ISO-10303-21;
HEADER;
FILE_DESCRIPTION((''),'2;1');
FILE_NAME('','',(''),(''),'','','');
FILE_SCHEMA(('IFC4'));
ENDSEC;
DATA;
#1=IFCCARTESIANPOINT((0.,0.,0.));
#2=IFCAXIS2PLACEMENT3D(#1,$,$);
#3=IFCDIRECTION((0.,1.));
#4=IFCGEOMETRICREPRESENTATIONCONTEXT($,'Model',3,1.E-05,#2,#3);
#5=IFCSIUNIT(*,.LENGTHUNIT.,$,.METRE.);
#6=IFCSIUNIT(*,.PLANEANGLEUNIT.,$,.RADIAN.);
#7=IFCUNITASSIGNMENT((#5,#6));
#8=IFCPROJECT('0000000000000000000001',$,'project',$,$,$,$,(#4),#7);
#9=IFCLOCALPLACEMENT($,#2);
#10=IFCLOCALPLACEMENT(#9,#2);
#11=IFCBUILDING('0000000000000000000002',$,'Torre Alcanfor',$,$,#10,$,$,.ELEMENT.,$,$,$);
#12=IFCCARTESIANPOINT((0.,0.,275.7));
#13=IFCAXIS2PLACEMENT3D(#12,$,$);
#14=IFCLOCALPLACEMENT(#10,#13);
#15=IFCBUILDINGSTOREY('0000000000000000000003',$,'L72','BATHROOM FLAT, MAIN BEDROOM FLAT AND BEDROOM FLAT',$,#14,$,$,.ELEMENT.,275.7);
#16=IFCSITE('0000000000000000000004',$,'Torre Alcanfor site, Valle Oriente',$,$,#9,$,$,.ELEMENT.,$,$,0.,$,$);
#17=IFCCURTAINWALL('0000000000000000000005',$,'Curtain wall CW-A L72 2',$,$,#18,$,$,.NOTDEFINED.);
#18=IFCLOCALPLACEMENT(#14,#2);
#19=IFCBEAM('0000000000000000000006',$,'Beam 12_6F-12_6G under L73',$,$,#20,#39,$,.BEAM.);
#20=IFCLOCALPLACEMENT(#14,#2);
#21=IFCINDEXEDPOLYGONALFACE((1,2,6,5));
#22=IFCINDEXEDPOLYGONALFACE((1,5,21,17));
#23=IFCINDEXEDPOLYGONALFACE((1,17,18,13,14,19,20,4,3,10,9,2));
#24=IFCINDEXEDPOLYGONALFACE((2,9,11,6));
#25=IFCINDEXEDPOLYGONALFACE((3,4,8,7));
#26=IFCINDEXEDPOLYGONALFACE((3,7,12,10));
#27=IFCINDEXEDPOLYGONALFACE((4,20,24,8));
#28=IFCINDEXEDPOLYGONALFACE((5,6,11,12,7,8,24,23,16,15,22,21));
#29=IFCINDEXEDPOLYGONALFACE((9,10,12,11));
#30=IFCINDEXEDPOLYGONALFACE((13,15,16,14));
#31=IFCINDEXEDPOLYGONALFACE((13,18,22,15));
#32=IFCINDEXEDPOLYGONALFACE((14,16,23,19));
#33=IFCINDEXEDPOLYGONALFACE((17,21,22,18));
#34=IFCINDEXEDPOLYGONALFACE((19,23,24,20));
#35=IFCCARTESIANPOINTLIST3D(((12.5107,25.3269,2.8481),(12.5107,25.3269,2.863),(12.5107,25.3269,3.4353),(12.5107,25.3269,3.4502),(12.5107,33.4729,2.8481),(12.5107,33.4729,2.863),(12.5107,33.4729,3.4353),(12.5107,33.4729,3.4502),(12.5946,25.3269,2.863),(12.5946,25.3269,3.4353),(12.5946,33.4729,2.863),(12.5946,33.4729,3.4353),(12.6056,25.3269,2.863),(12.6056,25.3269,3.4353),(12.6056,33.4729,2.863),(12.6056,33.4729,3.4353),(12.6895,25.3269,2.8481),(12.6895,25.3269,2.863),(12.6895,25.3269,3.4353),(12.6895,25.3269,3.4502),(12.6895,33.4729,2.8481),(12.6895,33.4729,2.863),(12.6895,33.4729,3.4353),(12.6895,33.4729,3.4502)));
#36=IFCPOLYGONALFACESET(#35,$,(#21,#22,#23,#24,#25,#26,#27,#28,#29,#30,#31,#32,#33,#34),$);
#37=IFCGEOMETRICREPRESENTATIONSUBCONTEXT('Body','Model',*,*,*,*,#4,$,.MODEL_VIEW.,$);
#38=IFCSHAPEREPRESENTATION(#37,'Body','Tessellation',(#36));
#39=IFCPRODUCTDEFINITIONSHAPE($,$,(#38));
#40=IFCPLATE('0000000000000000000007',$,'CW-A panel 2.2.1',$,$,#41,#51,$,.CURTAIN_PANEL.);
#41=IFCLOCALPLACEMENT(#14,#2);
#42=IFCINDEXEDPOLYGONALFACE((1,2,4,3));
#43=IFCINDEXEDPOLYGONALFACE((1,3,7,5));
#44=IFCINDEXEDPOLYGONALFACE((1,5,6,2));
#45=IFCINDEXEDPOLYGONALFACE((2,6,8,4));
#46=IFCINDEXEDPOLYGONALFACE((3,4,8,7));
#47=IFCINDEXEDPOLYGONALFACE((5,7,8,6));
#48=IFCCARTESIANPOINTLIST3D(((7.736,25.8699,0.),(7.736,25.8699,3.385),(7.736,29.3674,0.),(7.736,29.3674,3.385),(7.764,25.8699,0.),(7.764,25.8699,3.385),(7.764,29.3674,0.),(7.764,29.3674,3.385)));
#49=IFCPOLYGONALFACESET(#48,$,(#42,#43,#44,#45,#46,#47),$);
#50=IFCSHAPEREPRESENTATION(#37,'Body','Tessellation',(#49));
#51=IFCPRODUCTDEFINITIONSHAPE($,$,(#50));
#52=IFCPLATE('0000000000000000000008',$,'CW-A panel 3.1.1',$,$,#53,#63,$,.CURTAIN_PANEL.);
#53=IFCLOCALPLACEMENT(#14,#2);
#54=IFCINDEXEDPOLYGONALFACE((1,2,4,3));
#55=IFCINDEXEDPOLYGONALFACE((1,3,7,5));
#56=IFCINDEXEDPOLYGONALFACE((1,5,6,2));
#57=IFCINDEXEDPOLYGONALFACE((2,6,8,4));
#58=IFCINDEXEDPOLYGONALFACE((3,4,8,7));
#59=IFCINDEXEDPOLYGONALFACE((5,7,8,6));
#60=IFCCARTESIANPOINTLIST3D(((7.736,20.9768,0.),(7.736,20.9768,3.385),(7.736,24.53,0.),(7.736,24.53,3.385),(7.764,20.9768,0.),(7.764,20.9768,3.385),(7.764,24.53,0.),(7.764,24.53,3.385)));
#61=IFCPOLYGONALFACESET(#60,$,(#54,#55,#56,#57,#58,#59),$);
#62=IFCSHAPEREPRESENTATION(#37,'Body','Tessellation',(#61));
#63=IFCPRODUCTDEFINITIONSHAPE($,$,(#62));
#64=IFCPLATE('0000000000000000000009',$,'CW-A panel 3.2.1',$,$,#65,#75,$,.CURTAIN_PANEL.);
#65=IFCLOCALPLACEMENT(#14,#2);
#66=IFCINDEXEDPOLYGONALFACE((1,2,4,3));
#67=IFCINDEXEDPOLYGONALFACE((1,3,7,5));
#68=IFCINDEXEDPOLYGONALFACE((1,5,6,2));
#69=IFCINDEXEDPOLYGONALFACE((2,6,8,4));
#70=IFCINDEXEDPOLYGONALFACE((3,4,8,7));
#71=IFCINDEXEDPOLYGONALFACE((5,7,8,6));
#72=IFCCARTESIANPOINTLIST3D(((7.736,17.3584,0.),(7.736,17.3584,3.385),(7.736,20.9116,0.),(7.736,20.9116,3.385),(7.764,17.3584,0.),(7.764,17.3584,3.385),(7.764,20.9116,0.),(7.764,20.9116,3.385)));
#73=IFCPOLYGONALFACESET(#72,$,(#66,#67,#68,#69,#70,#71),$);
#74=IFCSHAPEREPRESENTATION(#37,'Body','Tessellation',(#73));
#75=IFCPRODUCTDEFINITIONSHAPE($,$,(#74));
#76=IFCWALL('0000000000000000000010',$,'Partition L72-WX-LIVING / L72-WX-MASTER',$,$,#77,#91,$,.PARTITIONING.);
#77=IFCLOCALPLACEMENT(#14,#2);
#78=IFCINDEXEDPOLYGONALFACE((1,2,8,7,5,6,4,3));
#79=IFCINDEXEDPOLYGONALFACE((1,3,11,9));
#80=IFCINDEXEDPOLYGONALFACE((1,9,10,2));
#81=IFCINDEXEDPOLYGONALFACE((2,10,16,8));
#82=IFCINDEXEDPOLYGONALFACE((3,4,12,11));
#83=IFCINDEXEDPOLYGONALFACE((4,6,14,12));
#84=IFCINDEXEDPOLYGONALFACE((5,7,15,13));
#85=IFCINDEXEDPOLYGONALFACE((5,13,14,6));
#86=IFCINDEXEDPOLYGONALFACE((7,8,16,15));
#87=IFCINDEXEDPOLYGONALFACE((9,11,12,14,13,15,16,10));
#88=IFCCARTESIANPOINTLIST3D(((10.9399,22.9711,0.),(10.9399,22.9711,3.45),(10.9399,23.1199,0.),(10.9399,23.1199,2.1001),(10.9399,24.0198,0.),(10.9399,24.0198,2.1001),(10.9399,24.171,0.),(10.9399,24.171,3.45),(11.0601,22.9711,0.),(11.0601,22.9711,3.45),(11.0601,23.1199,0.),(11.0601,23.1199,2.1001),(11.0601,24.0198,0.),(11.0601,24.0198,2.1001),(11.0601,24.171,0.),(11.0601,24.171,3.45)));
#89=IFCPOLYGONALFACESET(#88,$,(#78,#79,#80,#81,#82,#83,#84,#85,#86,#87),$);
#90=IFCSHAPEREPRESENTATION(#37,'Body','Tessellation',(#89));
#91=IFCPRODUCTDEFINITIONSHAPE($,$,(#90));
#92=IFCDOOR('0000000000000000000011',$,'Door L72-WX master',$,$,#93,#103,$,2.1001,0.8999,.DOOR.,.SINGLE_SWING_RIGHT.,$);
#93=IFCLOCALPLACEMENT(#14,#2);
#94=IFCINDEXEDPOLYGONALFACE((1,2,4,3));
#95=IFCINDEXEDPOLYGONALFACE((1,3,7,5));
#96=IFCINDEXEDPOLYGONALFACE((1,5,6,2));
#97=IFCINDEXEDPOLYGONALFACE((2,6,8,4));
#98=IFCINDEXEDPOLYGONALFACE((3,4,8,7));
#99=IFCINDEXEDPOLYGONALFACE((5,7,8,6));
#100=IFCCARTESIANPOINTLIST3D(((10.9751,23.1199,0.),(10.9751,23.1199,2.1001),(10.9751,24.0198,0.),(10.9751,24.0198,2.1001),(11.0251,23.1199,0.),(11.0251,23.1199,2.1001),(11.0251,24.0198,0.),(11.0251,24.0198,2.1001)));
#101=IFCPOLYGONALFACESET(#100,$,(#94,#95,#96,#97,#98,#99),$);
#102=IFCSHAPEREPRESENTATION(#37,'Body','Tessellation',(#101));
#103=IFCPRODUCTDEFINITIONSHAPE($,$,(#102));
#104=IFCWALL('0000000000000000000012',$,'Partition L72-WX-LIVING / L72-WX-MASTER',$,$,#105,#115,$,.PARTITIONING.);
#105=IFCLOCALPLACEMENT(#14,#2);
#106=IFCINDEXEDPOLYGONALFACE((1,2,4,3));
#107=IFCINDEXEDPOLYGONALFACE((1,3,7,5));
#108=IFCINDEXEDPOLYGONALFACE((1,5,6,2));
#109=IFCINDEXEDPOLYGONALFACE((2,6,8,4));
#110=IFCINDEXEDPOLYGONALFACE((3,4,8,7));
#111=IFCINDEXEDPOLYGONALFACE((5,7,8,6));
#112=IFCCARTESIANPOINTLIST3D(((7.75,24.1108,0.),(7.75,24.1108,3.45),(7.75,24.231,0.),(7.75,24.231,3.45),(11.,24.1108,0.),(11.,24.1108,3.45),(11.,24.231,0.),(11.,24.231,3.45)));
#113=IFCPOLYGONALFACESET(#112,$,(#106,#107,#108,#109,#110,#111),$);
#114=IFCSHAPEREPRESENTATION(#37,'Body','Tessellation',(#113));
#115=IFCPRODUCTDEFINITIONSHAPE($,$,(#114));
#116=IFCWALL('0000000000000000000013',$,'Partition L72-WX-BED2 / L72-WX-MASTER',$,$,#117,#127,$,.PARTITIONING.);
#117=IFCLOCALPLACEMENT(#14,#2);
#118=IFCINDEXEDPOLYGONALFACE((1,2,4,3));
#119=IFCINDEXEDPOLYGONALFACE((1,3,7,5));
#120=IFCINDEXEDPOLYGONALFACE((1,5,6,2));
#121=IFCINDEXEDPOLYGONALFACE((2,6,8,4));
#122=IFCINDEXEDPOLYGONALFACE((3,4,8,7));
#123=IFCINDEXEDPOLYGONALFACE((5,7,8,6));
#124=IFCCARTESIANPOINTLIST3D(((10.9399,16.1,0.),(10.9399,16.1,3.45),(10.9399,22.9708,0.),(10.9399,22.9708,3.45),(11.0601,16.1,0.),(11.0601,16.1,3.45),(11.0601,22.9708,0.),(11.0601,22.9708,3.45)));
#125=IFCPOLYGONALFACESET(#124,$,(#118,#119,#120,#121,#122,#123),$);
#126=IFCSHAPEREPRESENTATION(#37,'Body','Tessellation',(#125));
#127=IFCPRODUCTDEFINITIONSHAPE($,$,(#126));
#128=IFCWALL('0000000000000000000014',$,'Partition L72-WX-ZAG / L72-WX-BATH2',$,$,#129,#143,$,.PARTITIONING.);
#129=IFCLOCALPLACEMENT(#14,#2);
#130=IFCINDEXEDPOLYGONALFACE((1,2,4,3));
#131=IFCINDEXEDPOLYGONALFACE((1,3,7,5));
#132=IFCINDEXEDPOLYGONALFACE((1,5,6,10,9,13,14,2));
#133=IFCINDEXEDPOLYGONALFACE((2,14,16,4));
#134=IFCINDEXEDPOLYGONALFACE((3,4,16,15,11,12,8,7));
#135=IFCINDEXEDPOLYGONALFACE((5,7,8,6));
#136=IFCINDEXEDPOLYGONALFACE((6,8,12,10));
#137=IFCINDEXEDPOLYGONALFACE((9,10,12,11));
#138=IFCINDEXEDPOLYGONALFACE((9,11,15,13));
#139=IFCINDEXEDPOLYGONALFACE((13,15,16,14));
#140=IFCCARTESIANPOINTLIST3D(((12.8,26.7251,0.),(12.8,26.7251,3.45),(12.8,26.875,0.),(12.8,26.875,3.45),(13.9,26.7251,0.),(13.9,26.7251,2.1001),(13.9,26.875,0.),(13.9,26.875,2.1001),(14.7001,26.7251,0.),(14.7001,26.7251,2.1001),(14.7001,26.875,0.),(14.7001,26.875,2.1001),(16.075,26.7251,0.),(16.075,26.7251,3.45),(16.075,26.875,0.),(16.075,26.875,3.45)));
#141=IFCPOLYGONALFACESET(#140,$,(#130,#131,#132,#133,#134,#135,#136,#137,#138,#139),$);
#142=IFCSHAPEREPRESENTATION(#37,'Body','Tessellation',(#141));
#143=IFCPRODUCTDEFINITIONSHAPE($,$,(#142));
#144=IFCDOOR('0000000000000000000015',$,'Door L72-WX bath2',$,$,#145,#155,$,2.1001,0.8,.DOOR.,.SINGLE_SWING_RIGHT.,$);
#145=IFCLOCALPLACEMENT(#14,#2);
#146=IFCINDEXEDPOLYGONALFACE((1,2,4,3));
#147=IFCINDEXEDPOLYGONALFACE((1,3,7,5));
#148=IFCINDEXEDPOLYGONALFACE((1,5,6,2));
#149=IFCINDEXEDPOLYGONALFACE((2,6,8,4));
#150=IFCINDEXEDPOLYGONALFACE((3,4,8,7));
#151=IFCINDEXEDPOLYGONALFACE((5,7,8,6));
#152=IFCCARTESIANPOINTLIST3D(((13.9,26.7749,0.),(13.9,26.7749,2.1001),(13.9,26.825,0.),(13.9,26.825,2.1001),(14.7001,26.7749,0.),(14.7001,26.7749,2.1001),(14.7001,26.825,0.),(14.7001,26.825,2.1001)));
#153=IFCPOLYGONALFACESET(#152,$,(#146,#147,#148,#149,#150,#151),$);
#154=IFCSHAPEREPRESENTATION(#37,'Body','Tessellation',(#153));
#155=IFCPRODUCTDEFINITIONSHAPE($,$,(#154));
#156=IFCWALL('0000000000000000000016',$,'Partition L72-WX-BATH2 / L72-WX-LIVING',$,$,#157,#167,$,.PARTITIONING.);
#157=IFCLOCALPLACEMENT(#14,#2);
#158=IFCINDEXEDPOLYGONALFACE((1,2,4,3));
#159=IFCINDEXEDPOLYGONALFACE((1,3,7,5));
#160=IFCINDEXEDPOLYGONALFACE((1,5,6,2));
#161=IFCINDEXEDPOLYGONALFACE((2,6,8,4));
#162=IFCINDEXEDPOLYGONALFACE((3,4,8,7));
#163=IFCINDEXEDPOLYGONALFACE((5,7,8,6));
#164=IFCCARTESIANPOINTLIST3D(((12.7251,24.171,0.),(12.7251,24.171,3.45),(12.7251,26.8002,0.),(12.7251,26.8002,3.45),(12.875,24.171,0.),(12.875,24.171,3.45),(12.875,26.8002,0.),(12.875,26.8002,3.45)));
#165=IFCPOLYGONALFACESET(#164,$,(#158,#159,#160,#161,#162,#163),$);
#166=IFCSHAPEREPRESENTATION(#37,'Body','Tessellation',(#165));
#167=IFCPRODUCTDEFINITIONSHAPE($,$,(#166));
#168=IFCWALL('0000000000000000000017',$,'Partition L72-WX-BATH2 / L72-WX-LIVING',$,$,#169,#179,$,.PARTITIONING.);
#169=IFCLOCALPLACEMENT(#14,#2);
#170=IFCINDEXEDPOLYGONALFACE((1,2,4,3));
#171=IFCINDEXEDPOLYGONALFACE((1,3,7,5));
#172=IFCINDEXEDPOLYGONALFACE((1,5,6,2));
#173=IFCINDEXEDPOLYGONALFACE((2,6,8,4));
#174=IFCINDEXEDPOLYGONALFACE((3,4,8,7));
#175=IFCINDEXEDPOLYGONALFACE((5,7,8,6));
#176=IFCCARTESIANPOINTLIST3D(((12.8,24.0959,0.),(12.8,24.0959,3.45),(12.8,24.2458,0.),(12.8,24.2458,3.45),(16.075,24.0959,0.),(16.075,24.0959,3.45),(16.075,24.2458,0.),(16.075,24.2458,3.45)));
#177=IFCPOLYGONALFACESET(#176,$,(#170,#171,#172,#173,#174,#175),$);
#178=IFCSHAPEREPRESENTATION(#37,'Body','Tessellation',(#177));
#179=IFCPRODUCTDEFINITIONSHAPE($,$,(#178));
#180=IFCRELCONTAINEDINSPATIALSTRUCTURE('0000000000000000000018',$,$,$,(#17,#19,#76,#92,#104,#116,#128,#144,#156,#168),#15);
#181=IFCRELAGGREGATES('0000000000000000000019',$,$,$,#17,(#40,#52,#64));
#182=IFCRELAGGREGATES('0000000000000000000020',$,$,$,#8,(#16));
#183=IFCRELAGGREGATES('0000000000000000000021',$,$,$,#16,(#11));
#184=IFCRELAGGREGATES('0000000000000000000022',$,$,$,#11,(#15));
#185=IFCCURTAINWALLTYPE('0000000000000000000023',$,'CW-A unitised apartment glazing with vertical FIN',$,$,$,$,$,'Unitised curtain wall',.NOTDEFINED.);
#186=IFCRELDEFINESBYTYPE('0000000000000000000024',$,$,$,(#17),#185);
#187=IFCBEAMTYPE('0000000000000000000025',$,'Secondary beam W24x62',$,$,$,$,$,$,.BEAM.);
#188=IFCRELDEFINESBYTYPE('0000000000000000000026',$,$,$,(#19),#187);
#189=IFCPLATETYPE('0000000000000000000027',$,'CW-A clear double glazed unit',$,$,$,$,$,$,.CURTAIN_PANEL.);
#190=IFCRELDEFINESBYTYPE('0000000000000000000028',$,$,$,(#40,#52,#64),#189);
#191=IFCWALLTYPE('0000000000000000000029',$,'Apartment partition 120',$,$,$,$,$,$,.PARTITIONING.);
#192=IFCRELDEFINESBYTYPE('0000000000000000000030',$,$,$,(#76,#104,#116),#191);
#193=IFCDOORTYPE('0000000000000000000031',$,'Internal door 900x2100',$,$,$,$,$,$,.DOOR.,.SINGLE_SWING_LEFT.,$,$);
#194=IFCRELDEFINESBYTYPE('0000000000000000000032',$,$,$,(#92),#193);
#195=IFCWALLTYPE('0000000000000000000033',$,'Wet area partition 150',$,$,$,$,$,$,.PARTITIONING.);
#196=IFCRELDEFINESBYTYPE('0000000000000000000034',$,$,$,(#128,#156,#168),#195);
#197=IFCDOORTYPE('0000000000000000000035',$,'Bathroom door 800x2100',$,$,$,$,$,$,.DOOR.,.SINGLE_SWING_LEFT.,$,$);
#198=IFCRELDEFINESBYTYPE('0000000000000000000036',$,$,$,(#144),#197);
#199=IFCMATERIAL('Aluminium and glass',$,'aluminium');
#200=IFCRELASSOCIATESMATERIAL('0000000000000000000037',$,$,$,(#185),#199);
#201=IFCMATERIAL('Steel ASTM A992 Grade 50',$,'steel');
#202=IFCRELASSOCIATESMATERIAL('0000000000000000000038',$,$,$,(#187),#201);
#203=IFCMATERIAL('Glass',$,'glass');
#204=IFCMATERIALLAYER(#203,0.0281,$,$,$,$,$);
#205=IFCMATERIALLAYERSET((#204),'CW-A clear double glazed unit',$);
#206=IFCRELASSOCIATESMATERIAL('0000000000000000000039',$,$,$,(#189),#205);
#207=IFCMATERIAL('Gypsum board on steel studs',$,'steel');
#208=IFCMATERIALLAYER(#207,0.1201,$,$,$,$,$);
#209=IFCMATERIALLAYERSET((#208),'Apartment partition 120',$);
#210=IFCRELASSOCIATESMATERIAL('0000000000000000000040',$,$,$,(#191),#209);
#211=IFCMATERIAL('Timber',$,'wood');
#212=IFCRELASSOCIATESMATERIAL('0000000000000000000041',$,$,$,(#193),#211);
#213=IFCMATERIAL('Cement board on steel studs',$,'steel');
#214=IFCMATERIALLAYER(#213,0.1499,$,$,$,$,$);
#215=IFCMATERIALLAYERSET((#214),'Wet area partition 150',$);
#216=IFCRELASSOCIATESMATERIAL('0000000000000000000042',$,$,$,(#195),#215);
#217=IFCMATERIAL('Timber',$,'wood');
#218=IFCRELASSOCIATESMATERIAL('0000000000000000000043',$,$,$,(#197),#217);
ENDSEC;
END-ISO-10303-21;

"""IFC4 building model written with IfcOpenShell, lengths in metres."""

from ifc_helpers import new_model, si_unit, direction, frame, frame_2d, origin, origin_2d, place, context, subcontext, project, spatial, rectangle, i_section, extrude, material, layer, layer_set, material_profile, profile_set, type_object, element, fill, aggregate, save


model = new_model("IFC4")

# Units and contexts
model_context = context("Model", 3, precision=1e-05, world=origin(), true_north=direction((0.0, 1.0)))
body_context = subcontext(model_context, "Body", "Model", "MODEL_VIEW")
ifc_project = project(units=[si_unit("LENGTHUNIT", "METRE"), si_unit("PLANEANGLEUNIT", "RADIAN")], contexts=[model_context])

# Site, building, storey
site_placement = place(None, origin())
site = spatial("IfcSite", under=ifc_project, at=site_placement, Name="Torre Alcanfor site, Valle Oriente", CompositionType="ELEMENT", RefElevation=0.0)
building_placement = place(site_placement, origin())
building = spatial("IfcBuilding", under=site, at=building_placement, Name="Torre Alcanfor", CompositionType="ELEMENT")
storey_placement = place(building_placement, frame((0.0, 0.0, 275.7)))
storey = spatial("IfcBuildingStorey", under=building, at=storey_placement, Name="L72", Description="BATHROOM FLAT, MAIN BEDROOM FLAT AND BEDROOM FLAT", CompositionType="ELEMENT", Elevation=275.7)

# Curtain wall
ifc_material_1 = material(Name="Aluminium and glass", Category="aluminium")
curtain_wall_type = type_object("IfcCurtainWallType", Name="CW-A unitised apartment glazing with vertical FIN", ElementType="Unitised curtain wall", PredefinedType="NOTDEFINED", material=ifc_material_1)
curtain_wall_placement = place(storey_placement, origin())
curtain_wall = element("IfcCurtainWall", 1, at=curtain_wall_placement, inside=storey, type_object=curtain_wall_type, Name="Curtain wall CW-A L72 2", PredefinedType="NOTDEFINED")

# Beam
ifc_material_2 = material(Name="Steel ASTM A992 Grade 50", Category="steel")
ifc_material_profile_1 = material_profile(ifc_material_2, i_section(OverallWidth=0.1787, OverallDepth=0.6021, WebThickness=0.011, FlangeThickness=0.0149, at=origin_2d()), Name="W24x62")
ifc_profile_set_1 = profile_set([ifc_material_profile_1], Name="Steel ASTM A992 Grade 50")
beam_type_1 = type_object("IfcBeamType", Name="Secondary beam W24x62", PredefinedType="BEAM", material=ifc_profile_set_1)
beam_1_placement = place(storey_placement, frame((12.6001, 25.3269, 3.1492), z_axis=(0.0, 1.0, 0.0), x_axis=(-1.0, 0.0, 0.0)))
element("IfcBeam", 2, at=beam_1_placement, inside=storey, type_object=beam_type_1, Name="Beam 12_6F-12_6G under L73", PredefinedType="BEAM", context=body_context, shape_type="SweptSolid", body=[
    extrude(i_section(OverallWidth=0.1787, OverallDepth=0.6021, WebThickness=0.011, FlangeThickness=0.0149, at=origin_2d()), origin(), (0.0, 0.0, 1.0), 8.146),
])

# Plates
ifc_material_3 = material(Name="Glass", Category="glass")
ifc_layer_1 = layer(ifc_material_3, 0.0281)
ifc_layer_set_1 = layer_set([ifc_layer_1], Name="CW-A clear double glazed unit")
plate_type = type_object("IfcPlateType", Name="CW-A clear double glazed unit", PredefinedType="CURTAIN_PANEL", material=ifc_layer_set_1)
plate_1_placement = place(storey_placement, frame((7.75, 27.6187, 0.0), z_axis=(0.0, 0.0, 1.0), x_axis=(0.0, -1.0, 0.0)))
plate_1 = element("IfcPlate", 3, at=plate_1_placement, type_object=plate_type, Name="CW-A panel 2.2.1", PredefinedType="CURTAIN_PANEL", context=body_context, shape_type="SweptSolid", body=[
    extrude(rectangle(XDim=3.4976, YDim=0.0281, at=origin_2d()), origin(), (0.0, 0.0, 1.0), 3.385),
])
plate_2_placement = place(storey_placement, frame((7.75, 22.7534, 0.0), z_axis=(0.0, 0.0, 1.0), x_axis=(0.0, -1.0, 0.0)))
plate_2 = element("IfcPlate", 4, at=plate_2_placement, type_object=plate_type, Name="CW-A panel 3.1.1", PredefinedType="CURTAIN_PANEL", context=body_context, shape_type="SweptSolid", body=[
    extrude(rectangle(XDim=3.5532, YDim=0.0281, at=origin_2d()), origin(), (0.0, 0.0, 1.0), 3.385),
])
plate_3_placement = place(storey_placement, frame((7.75, 19.135, 0.0), z_axis=(0.0, 0.0, 1.0), x_axis=(0.0, -1.0, 0.0)))
plate_3 = element("IfcPlate", 5, at=plate_3_placement, type_object=plate_type, Name="CW-A panel 3.2.1", PredefinedType="CURTAIN_PANEL", context=body_context, shape_type="SweptSolid", body=[
    extrude(rectangle(XDim=3.5532, YDim=0.0281, at=origin_2d()), origin(), (0.0, 0.0, 1.0), 3.385),
])
aggregate(curtain_wall, [plate_1, plate_2, plate_3])

# Wall, opening, door
ifc_material_4 = material(Name="Gypsum board on steel studs", Category="steel")
ifc_layer_2 = layer(ifc_material_4, 0.1201)
ifc_layer_set_2 = layer_set([ifc_layer_2], Name="Apartment partition 120")
wall_type_1 = type_object("IfcWallType", Name="Apartment partition 120", PredefinedType="PARTITIONING", material=ifc_layer_set_2)
wall_1_placement = place(storey_placement, frame((11.0, 22.9709, 0.0), z_axis=(0.0, 0.0, 1.0), x_axis=(0.0, 1.0, 0.0)))
wall_1 = element("IfcWall", 6, at=wall_1_placement, inside=storey, type_object=wall_type_1, Name="Partition L72-WX-LIVING / L72-WX-MASTER", PredefinedType="PARTITIONING", context=body_context, shape_type="SweptSolid", body=[
    extrude(rectangle(XDim=1.2, YDim=0.1201, at=frame_2d((0.6001, 0.0))), origin(), (0.0, 0.0, 1.0), 3.45),
])
opening_1_placement = place(wall_1_placement, frame((0.1489, 0.0, 0.0)))
opening_1 = element("IfcOpeningElement", 7, at=opening_1_placement, cuts=wall_1, PredefinedType="OPENING", context=body_context, shape_type="SweptSolid", body=[
    extrude(rectangle(XDim=0.8999, YDim=2.1001, at=frame_2d((0.45, 1.05))), frame((0.0, 0.0701, 0.0), z_axis=(0.0, -1.0, 0.0), x_axis=(1.0, 0.0, 0.0)), (0.0, 0.0, 1.0), 0.1401),
])
ifc_material_5 = material(Name="Timber", Category="wood")
door_type_1 = type_object("IfcDoorType", Name="Internal door 900x2100", OperationType="SINGLE_SWING_LEFT", PredefinedType="DOOR", material=ifc_material_5)
door_1_placement = place(opening_1_placement, origin())
door_1 = element("IfcDoor", 8, at=door_1_placement, inside=storey, type_object=door_type_1, Name="Door L72-WX master", OperationType="SINGLE_SWING_RIGHT", OverallHeight=2.1001, OverallWidth=0.8999, PredefinedType="DOOR", context=body_context, shape_type="SweptSolid", body=[
    extrude(rectangle(XDim=0.8999, YDim=2.1001, at=frame_2d((0.45, 1.05))), frame((0.0, 0.0249, 0.0), z_axis=(0.0, -1.0, 0.0), x_axis=(1.0, 0.0, 0.0)), (0.0, 0.0, 1.0), 0.05),
])
fill(opening_1, door_1)

# Walls
wall_2_placement = place(storey_placement, frame((11.0, 24.1709, 0.0), z_axis=(0.0, 0.0, 1.0), x_axis=(-1.0, 0.0, 0.0)))
element("IfcWall", 9, at=wall_2_placement, inside=storey, type_object=wall_type_1, Name="Partition L72-WX-LIVING / L72-WX-MASTER", PredefinedType="PARTITIONING", context=body_context, shape_type="SweptSolid", body=[
    extrude(rectangle(XDim=3.25, YDim=0.1201, at=frame_2d((1.625, 0.0))), origin(), (0.0, 0.0, 1.0), 3.45),
])
wall_3_placement = place(storey_placement, frame((11.0, 22.9709, 0.0), z_axis=(0.0, 0.0, 1.0), x_axis=(0.0, -1.0, 0.0)))
element("IfcWall", 10, at=wall_3_placement, inside=storey, type_object=wall_type_1, Name="Partition L72-WX-BED2 / L72-WX-MASTER", PredefinedType="PARTITIONING", context=body_context, shape_type="SweptSolid", body=[
    extrude(rectangle(XDim=6.8708, YDim=0.1201, at=frame_2d((3.4355, 0.0))), origin(), (0.0, 0.0, 1.0), 3.45),
])

# Wall, opening, door
ifc_material_6 = material(Name="Cement board on steel studs", Category="steel")
ifc_layer_3 = layer(ifc_material_6, 0.1499)
ifc_layer_set_3 = layer_set([ifc_layer_3], Name="Wet area partition 150")
wall_type_2 = type_object("IfcWallType", Name="Wet area partition 150", PredefinedType="PARTITIONING", material=ifc_layer_set_3)
wall_4_placement = place(storey_placement, frame((12.8, 26.8, 0.0), z_axis=(0.0, 0.0, 1.0), x_axis=(1.0, 0.0, 0.0)))
wall_4 = element("IfcWall", 11, at=wall_4_placement, inside=storey, type_object=wall_type_2, Name="Partition L72-WX-ZAG / L72-WX-BATH2", PredefinedType="PARTITIONING", context=body_context, shape_type="SweptSolid", body=[
    extrude(rectangle(XDim=3.2749, YDim=0.1499, at=frame_2d((1.6375, 0.0))), origin(), (0.0, 0.0, 1.0), 3.45),
])
opening_2_placement = place(wall_4_placement, frame((1.1001, 0.0, 0.0)))
opening_2 = element("IfcOpeningElement", 12, at=opening_2_placement, cuts=wall_4, PredefinedType="OPENING", context=body_context, shape_type="SweptSolid", body=[
    extrude(rectangle(XDim=0.8, YDim=2.1001, at=frame_2d((0.3999, 1.05))), frame((0.0, 0.085, 0.0), z_axis=(0.0, -1.0, 0.0), x_axis=(1.0, 0.0, 0.0)), (0.0, 0.0, 1.0), 0.1699),
])
ifc_material_7 = material(Name="Timber", Category="wood")
door_type_2 = type_object("IfcDoorType", Name="Bathroom door 800x2100", OperationType="SINGLE_SWING_LEFT", PredefinedType="DOOR", material=ifc_material_7)
door_2_placement = place(opening_2_placement, frame((0.8, 0.0, 0.0), z_axis=(0.0, 0.0, 1.0), x_axis=(-1.0, 0.0, 0.0)))
door_2 = element("IfcDoor", 13, at=door_2_placement, inside=storey, type_object=door_type_2, Name="Door L72-WX bath2", OperationType="SINGLE_SWING_RIGHT", OverallHeight=2.1001, OverallWidth=0.8, PredefinedType="DOOR", context=body_context, shape_type="SweptSolid", body=[
    extrude(rectangle(XDim=0.8, YDim=2.1001, at=frame_2d((0.4001, 1.05))), frame((0.0, 0.0251, 0.0), z_axis=(0.0, -1.0, 0.0), x_axis=(1.0, 0.0, 0.0)), (0.0, 0.0, 1.0), 0.05),
])
fill(opening_2, door_2)

# Walls
wall_5_placement = place(storey_placement, frame((12.8, 26.8, 0.0), z_axis=(0.0, 0.0, 1.0), x_axis=(0.0, -1.0, 0.0)))
element("IfcWall", 14, at=wall_5_placement, inside=storey, type_object=wall_type_2, Name="Partition L72-WX-BATH2 / L72-WX-LIVING", PredefinedType="PARTITIONING", context=body_context, shape_type="SweptSolid", body=[
    extrude(rectangle(XDim=2.6292, YDim=0.1499, at=frame_2d((1.3145, 0.0))), origin(), (0.0, 0.0, 1.0), 3.45),
])
wall_6_placement = place(storey_placement, frame((12.8, 24.1709, 0.0), z_axis=(0.0, 0.0, 1.0), x_axis=(1.0, 0.0, 0.0)))
element("IfcWall", 15, at=wall_6_placement, inside=storey, type_object=wall_type_2, Name="Partition L72-WX-BATH2 / L72-WX-LIVING", PredefinedType="PARTITIONING", context=body_context, shape_type="SweptSolid", body=[
    extrude(rectangle(XDim=3.2749, YDim=0.1499, at=frame_2d((1.6375, 0.0))), origin(), (0.0, 0.0, 1.0), 3.45),
])

save(model, "model.ifc")
